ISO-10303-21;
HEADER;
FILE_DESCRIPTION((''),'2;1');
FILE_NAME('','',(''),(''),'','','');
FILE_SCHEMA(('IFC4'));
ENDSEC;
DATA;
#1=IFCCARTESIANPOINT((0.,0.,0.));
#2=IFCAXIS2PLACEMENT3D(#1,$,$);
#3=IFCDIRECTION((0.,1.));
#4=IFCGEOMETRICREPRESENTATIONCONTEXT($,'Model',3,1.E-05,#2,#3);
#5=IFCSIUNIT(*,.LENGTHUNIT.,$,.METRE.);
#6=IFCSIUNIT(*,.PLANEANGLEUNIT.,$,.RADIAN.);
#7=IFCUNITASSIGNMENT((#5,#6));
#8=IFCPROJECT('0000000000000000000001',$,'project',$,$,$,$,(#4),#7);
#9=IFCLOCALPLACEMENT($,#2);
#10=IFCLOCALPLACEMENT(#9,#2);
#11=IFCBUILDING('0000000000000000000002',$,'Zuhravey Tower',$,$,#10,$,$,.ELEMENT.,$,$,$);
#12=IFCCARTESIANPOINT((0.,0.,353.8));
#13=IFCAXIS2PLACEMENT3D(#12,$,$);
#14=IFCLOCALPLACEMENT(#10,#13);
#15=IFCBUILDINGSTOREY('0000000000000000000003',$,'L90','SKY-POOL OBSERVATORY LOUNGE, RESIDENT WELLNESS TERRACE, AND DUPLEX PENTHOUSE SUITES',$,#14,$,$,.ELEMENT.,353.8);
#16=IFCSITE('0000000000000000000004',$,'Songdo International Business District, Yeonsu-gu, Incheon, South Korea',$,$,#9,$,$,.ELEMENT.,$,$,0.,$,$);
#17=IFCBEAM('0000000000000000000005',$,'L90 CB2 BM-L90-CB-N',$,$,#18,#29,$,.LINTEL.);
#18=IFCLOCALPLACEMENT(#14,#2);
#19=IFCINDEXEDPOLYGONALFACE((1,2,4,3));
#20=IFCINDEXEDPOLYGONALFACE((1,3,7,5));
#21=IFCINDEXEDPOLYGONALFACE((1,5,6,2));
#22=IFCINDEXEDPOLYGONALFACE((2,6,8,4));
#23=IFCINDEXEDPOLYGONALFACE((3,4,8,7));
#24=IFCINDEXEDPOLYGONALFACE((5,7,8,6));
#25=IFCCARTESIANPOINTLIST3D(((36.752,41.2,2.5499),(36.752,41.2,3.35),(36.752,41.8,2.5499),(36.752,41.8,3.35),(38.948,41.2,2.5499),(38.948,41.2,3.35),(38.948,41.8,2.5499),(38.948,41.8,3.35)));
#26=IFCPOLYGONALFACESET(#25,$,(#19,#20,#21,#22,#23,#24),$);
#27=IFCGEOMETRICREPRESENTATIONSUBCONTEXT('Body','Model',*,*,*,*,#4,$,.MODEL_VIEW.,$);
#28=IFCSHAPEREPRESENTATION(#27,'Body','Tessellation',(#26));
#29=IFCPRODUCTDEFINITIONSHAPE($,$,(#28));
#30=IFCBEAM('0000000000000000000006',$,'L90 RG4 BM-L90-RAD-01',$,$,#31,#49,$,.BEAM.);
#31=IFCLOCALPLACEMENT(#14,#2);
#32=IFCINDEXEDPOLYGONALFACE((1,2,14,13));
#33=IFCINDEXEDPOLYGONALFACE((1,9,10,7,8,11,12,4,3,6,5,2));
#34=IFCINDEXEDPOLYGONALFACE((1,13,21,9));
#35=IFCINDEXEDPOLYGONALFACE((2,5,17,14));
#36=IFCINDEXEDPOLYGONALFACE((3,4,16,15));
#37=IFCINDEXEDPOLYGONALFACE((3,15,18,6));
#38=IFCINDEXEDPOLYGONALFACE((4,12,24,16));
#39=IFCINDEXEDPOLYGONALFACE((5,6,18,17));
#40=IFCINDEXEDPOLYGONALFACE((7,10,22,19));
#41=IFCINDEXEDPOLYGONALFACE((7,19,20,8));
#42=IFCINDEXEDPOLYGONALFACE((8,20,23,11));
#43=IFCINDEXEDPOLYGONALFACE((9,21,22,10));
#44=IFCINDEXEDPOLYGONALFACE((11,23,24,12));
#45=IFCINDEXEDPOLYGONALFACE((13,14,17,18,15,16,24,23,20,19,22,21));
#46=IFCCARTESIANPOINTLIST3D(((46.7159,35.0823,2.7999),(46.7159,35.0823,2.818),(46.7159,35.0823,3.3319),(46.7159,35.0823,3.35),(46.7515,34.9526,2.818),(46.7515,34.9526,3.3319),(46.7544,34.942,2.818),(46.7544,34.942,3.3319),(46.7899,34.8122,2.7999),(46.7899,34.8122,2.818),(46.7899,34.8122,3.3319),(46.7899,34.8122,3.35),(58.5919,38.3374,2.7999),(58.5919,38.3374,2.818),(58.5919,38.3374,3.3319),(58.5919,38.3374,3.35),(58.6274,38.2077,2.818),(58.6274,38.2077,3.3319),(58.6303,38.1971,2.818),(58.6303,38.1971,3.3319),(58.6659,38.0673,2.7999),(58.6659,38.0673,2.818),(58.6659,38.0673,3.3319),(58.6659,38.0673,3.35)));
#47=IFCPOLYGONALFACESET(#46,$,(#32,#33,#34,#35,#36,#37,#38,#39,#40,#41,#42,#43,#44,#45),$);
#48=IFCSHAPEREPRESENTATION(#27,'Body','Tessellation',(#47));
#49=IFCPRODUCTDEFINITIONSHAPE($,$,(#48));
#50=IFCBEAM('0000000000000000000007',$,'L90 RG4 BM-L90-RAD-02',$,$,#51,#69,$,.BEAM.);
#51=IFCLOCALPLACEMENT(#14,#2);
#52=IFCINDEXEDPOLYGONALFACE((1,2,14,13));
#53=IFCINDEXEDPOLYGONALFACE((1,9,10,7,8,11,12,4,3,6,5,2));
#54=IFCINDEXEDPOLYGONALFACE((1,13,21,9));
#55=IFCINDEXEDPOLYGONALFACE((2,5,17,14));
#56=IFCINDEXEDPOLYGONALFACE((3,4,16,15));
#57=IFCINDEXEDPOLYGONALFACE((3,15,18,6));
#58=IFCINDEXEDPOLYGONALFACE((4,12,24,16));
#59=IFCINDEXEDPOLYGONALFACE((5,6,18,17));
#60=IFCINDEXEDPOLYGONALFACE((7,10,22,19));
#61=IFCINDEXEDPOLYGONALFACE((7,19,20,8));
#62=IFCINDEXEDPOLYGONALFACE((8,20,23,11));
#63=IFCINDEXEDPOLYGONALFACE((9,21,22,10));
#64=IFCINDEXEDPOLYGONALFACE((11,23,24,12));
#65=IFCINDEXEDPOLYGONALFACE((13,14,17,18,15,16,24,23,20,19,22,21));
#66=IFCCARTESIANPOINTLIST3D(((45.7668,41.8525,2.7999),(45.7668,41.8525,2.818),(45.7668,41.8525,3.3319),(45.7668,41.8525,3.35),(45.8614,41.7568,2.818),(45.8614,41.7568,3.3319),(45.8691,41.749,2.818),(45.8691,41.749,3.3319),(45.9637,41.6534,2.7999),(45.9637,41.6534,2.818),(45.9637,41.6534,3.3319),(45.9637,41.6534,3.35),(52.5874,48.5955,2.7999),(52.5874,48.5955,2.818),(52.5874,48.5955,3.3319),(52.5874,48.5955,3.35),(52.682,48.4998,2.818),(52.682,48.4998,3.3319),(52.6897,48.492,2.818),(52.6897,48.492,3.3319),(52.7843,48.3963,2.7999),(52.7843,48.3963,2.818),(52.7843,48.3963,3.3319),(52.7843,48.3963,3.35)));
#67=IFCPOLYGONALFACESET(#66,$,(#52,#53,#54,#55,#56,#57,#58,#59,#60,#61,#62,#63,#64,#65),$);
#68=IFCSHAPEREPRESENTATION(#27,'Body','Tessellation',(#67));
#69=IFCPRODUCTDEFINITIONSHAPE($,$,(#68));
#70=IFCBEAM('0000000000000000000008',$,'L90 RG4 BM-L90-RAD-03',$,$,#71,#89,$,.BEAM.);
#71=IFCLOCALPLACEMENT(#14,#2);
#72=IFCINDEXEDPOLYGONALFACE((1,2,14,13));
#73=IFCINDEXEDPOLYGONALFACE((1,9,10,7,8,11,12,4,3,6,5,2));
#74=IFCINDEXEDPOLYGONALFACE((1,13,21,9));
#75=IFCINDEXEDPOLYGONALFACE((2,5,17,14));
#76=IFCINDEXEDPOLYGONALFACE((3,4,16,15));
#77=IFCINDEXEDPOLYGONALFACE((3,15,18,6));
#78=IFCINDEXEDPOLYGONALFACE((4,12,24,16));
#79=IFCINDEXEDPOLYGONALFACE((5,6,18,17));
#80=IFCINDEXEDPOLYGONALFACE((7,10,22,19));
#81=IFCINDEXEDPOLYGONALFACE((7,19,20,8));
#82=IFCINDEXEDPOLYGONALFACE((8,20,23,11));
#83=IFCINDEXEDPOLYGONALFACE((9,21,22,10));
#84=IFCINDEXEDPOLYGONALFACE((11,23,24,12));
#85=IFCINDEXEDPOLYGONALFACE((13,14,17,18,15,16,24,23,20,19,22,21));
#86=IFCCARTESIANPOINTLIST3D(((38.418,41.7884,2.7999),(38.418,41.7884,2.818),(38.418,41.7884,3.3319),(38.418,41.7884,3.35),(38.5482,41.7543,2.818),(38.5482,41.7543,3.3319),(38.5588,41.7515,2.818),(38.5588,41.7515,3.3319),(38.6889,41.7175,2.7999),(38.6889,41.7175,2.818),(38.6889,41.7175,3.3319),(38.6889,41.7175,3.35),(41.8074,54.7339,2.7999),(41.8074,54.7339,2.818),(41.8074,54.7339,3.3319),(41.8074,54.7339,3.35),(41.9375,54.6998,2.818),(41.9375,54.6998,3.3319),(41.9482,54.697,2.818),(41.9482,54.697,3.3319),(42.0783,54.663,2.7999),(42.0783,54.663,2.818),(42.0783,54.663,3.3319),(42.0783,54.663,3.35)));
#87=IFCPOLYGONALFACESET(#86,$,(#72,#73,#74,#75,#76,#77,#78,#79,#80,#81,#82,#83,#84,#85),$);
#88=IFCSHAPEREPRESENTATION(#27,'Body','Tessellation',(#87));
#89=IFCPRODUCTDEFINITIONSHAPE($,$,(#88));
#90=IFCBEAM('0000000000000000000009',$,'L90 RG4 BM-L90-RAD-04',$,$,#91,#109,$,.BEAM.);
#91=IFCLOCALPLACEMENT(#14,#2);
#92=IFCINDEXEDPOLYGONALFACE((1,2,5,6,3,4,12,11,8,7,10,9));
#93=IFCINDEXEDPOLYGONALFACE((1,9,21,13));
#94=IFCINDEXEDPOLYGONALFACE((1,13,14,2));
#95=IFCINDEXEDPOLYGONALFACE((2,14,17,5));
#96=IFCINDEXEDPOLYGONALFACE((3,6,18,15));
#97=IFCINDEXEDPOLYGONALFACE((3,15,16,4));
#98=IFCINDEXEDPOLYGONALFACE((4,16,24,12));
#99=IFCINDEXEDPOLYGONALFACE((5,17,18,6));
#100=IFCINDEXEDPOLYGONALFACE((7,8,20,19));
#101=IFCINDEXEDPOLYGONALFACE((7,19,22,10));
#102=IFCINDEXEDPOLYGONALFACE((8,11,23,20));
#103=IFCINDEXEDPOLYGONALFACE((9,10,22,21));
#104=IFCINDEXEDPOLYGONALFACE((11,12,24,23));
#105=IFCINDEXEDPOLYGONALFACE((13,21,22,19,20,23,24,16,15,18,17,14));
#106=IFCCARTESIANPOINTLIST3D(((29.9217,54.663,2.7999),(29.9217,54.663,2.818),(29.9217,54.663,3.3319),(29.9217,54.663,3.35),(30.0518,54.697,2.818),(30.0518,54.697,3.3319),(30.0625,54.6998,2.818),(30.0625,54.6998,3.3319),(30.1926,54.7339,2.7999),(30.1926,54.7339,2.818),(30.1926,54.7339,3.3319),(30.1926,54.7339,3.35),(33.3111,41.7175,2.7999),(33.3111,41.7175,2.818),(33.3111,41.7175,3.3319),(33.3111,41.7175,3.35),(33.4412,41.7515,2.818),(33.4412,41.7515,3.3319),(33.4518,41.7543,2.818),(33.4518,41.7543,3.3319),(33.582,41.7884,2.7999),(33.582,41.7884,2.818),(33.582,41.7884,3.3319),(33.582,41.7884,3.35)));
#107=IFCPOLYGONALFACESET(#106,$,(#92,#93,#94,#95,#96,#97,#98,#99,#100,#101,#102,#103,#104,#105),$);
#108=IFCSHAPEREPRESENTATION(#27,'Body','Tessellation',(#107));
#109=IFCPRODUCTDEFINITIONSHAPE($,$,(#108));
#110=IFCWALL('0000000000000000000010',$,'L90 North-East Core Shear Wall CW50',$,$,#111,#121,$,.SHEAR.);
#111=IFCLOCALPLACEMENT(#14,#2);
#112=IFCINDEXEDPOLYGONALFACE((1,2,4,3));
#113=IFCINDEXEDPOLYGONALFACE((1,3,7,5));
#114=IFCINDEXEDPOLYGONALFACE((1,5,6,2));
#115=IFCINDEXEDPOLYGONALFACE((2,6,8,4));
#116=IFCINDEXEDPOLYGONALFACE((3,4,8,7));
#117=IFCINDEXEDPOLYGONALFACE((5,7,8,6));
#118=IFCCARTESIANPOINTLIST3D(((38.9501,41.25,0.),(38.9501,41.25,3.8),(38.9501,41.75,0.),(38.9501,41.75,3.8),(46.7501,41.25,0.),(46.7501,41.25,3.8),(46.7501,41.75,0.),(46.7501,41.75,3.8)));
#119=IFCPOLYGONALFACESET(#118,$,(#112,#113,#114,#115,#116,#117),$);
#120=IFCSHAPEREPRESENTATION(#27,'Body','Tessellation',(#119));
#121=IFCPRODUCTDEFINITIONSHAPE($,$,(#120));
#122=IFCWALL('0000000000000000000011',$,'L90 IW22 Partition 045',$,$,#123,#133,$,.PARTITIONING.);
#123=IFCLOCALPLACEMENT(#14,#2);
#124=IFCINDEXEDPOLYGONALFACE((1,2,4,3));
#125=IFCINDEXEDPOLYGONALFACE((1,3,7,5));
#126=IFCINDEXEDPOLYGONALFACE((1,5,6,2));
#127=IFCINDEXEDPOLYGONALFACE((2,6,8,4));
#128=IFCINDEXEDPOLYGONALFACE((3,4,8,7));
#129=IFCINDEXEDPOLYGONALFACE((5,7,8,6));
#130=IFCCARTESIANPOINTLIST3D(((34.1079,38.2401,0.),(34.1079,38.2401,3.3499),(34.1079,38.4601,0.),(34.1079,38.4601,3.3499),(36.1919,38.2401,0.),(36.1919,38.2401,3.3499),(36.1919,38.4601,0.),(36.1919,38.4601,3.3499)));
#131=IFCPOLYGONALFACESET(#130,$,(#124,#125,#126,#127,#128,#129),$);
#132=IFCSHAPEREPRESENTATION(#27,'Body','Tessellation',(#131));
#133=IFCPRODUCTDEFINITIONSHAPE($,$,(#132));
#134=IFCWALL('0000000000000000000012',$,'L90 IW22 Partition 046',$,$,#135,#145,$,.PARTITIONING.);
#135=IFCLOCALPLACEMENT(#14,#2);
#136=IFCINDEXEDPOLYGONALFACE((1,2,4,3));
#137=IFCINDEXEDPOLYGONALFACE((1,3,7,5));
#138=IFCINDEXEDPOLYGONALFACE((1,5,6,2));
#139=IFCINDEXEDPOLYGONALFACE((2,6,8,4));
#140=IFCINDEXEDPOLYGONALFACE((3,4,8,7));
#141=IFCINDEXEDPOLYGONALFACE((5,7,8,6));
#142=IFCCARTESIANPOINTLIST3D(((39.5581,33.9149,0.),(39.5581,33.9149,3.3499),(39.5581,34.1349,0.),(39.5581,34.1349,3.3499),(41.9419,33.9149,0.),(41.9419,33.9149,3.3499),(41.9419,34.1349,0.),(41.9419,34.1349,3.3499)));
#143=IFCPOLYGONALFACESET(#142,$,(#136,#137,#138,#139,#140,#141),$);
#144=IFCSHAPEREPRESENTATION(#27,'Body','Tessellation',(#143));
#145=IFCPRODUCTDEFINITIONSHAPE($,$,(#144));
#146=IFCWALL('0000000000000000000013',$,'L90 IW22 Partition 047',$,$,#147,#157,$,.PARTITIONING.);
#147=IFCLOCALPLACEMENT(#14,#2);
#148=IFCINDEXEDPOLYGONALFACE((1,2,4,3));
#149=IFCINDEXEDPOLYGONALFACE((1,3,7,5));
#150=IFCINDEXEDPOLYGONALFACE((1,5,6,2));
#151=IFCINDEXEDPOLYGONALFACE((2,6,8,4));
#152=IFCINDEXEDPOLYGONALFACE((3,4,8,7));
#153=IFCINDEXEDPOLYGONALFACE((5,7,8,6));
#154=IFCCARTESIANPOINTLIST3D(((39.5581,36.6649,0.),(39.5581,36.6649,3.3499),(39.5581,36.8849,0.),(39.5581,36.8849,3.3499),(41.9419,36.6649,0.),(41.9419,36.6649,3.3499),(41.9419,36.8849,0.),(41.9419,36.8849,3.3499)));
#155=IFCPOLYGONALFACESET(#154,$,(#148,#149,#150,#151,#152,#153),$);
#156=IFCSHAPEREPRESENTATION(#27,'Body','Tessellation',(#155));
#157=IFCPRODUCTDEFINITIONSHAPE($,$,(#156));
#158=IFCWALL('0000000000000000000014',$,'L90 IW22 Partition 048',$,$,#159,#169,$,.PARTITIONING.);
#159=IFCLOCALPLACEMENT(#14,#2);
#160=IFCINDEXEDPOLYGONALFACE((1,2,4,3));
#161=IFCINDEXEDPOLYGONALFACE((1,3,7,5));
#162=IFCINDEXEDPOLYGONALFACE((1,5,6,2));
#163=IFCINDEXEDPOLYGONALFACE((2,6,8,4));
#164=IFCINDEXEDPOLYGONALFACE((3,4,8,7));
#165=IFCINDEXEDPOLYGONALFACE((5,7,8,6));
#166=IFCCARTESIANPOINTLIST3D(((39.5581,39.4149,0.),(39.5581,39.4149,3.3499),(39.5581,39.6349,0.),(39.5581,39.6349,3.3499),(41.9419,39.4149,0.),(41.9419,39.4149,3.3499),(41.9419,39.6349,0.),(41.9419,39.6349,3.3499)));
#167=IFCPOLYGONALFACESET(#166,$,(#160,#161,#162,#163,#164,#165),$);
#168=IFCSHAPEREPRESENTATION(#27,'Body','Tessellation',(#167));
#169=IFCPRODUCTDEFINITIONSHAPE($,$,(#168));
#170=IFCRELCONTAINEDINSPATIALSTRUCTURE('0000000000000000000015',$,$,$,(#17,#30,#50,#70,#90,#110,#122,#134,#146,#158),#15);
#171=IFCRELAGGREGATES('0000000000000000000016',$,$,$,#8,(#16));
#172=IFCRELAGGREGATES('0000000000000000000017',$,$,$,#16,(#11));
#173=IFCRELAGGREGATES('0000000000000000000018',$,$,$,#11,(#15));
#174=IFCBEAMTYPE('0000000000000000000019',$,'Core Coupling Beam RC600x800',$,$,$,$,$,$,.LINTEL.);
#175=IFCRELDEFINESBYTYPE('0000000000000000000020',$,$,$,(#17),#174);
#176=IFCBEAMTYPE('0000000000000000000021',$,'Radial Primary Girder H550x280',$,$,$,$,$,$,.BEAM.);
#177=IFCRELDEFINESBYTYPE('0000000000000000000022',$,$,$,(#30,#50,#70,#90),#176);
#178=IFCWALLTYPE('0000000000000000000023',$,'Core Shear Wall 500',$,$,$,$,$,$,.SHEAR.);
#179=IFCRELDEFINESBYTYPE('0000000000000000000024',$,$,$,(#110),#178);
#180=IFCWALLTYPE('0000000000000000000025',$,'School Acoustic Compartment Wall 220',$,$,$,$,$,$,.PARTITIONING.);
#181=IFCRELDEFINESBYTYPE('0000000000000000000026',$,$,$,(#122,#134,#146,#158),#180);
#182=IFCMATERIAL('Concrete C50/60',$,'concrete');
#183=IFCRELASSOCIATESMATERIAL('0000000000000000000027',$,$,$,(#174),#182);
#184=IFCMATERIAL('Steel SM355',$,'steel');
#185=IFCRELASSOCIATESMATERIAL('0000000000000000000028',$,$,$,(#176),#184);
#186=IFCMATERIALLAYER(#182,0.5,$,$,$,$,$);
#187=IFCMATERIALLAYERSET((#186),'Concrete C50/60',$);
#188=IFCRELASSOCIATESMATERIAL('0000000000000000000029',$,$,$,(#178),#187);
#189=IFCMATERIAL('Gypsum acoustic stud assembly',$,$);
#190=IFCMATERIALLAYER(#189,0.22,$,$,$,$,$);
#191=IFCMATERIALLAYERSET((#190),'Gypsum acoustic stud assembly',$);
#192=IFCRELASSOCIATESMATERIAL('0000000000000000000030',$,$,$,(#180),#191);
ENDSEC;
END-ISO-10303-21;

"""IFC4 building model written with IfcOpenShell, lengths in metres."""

from ifc_helpers import new_model, si_unit, direction, frame, frame_2d, origin, origin_2d, place, context, subcontext, project, spatial, rectangle, i_section, extrude, material, layer, layer_set, material_profile, profile_set, type_object, element, save


model = new_model("IFC4")

# Units and contexts
model_context = context("Model", 3, precision=1e-05, world=origin(), true_north=direction((0.0, 1.0)))
body_context = subcontext(model_context, "Body", "Model", "MODEL_VIEW")
ifc_project = project(units=[si_unit("LENGTHUNIT", "METRE"), si_unit("PLANEANGLEUNIT", "RADIAN")], contexts=[model_context])

# Site, building, storey
site_placement = place(None, origin())
site = spatial("IfcSite", under=ifc_project, at=site_placement, Name="Songdo International Business District, Yeonsu-gu, Incheon, South Korea", CompositionType="ELEMENT", RefElevation=0.0)
building_placement = place(site_placement, origin())
building = spatial("IfcBuilding", under=site, at=building_placement, Name="Zuhravey Tower", CompositionType="ELEMENT")
storey_placement = place(building_placement, frame((0.0, 0.0, 353.8)))
storey = spatial("IfcBuildingStorey", under=building, at=storey_placement, Name="L90", Description="SKY-POOL OBSERVATORY LOUNGE, RESIDENT WELLNESS TERRACE, AND DUPLEX PENTHOUSE SUITES", CompositionType="ELEMENT", Elevation=353.8)

# Beams
ifc_material_1 = material(Name="Concrete C50/60", Category="concrete")
ifc_material_profile_1 = material_profile(ifc_material_1, rectangle(XDim=0.6001, YDim=0.8, at=origin_2d()), Name="RC-600x800")
ifc_profile_set_1 = profile_set([ifc_material_profile_1], Name="Concrete C50/60")
beam_type_1 = type_object("IfcBeamType", Name="Core Coupling Beam RC600x800", PredefinedType="LINTEL", material=ifc_profile_set_1)
beam_1_placement = place(storey_placement, frame((36.752, 41.5, 2.95), z_axis=(1.0, 0.0, 0.0), x_axis=(0.0, 1.0, 0.0)))
element("IfcBeam", 1, at=beam_1_placement, inside=storey, type_object=beam_type_1, Name="L90 CB2 BM-L90-CB-N", PredefinedType="LINTEL", context=body_context, shape_type="SweptSolid", body=[
    extrude(rectangle(XDim=0.6001, YDim=0.8, at=origin_2d()), origin(), (0.0, 0.0, 1.0), 2.196),
])
ifc_material_2 = material(Name="Steel SM355", Category="steel")
ifc_material_profile_2 = material_profile(ifc_material_2, i_section(OverallWidth=0.28, OverallDepth=0.55, WebThickness=0.011, FlangeThickness=0.0181, at=origin_2d()), Name="H-550x280x11x18")
ifc_profile_set_2 = profile_set([ifc_material_profile_2], Name="Steel SM355")
beam_type_2 = type_object("IfcBeamType", Name="Radial Primary Girder H550x280", PredefinedType="BEAM", material=ifc_profile_set_2)
beam_2_placement = place(storey_placement, frame((46.7529, 34.9473, 3.075), z_axis=(0.964429, 0.264344, 0.0), x_axis=(-0.264344, 0.964429, 0.0)))
element("IfcBeam", 2, at=beam_2_placement, inside=storey, type_object=beam_type_2, Name="L90 RG4 BM-L90-RAD-01", PredefinedType="BEAM", context=body_context, shape_type="SweptSolid", body=[
    extrude(i_section(OverallWidth=0.28, OverallDepth=0.55, WebThickness=0.011, FlangeThickness=0.0181, at=origin_2d()), origin(), (0.0, 0.0, 1.0), 12.314),
])
beam_3_placement = place(storey_placement, frame((45.8652, 41.7529, 3.075), z_axis=(0.711143, 0.703048, 0.0), x_axis=(-0.703048, 0.711143, 0.0)))
element("IfcBeam", 3, at=beam_3_placement, inside=storey, type_object=beam_type_2, Name="L90 RG4 BM-L90-RAD-02", PredefinedType="BEAM", context=body_context, shape_type="SweptSolid", body=[
    extrude(i_section(OverallWidth=0.28, OverallDepth=0.55, WebThickness=0.011, FlangeThickness=0.0181, at=origin_2d()), origin(), (0.0, 0.0, 1.0), 9.5911),
])
for number, where, z_axis, x_axis, name in (
    (4, (38.5535, 41.7529, 3.075), (0.253283, 0.967392, 0.0), (-0.967392, 0.253283, 0.0), "L90 RG4 BM-L90-RAD-03"),
    (5, (33.4465, 41.7529, 3.075), (-0.253283, 0.967392, 0.0), (-0.967392, -0.253283, 0.0), "L90 RG4 BM-L90-RAD-04"),
):
    element("IfcBeam", number, at=place(storey_placement, frame(where, z_axis=z_axis, x_axis=x_axis)), inside=storey, type_object=beam_type_2, Name=name, PredefinedType="BEAM", context=body_context, shape_type="SweptSolid", body=[
        extrude(i_section(OverallWidth=0.28, OverallDepth=0.55, WebThickness=0.011, FlangeThickness=0.0181, at=origin_2d()), origin(), (0.0, 0.0, 1.0), 13.3818),
    ])

# Wall
ifc_layer_1 = layer(ifc_material_1, 0.5)
ifc_layer_set_1 = layer_set([ifc_layer_1], Name="Concrete C50/60")
wall_type_1 = type_object("IfcWallType", Name="Core Shear Wall 500", PredefinedType="SHEAR", material=ifc_layer_set_1)
wall_1_placement = place(storey_placement, frame((46.75, 41.5, 0.0), z_axis=(0.0, 0.0, 1.0), x_axis=(-1.0, 0.0, 0.0)))
element("IfcWall", 6, at=wall_1_placement, inside=storey, type_object=wall_type_1, Name="L90 North-East Core Shear Wall CW50", PredefinedType="SHEAR", context=body_context, shape_type="SweptSolid", body=[
    extrude(rectangle(XDim=7.8, YDim=0.5, at=frame_2d((3.8999, 0.0))), origin(), (0.0, 0.0, 1.0), 3.8),
])

# Walls
ifc_material_3 = material(Name="Gypsum acoustic stud assembly")
ifc_layer_2 = layer(ifc_material_3, 0.22)
ifc_layer_set_2 = layer_set([ifc_layer_2], Name="Gypsum acoustic stud assembly")
wall_type_2 = type_object("IfcWallType", Name="School Acoustic Compartment Wall 220", PredefinedType="PARTITIONING", material=ifc_layer_set_2)
wall_2_placement = place(storey_placement, frame((34.1079, 38.3501, 0.0), z_axis=(0.0, 0.0, 1.0), x_axis=(1.0, 0.0, 0.0)))
element("IfcWall", 7, at=wall_2_placement, inside=storey, type_object=wall_type_2, Name="L90 IW22 Partition 045", PredefinedType="PARTITIONING", context=body_context, shape_type="SweptSolid", body=[
    extrude(rectangle(XDim=2.084, YDim=0.22, at=frame_2d((1.042, 0.0))), origin(), (0.0, 0.0, 1.0), 3.3499),
])
for number, where, z_axis, x_axis, name in (
    (8, (39.5581, 34.0249, 0.0), (0.0, 0.0, 1.0), (1.0, 0.0, 0.0), "L90 IW22 Partition 046"),
    (9, (39.5581, 36.7749, 0.0), (0.0, 0.0, 1.0), (1.0, 0.0, 0.0), "L90 IW22 Partition 047"),
    (10, (39.5581, 39.5249, 0.0), (0.0, 0.0, 1.0), (1.0, 0.0, 0.0), "L90 IW22 Partition 048"),
):
    element("IfcWall", number, at=place(storey_placement, frame(where, z_axis=z_axis, x_axis=x_axis)), inside=storey, type_object=wall_type_2, Name=name, PredefinedType="PARTITIONING", context=body_context, shape_type="SweptSolid", body=[
        extrude(rectangle(XDim=2.3838, YDim=0.22, at=frame_2d((1.1919, 0.0))), origin(), (0.0, 0.0, 1.0), 3.3499),
    ])

save(model, "model.ifc")
